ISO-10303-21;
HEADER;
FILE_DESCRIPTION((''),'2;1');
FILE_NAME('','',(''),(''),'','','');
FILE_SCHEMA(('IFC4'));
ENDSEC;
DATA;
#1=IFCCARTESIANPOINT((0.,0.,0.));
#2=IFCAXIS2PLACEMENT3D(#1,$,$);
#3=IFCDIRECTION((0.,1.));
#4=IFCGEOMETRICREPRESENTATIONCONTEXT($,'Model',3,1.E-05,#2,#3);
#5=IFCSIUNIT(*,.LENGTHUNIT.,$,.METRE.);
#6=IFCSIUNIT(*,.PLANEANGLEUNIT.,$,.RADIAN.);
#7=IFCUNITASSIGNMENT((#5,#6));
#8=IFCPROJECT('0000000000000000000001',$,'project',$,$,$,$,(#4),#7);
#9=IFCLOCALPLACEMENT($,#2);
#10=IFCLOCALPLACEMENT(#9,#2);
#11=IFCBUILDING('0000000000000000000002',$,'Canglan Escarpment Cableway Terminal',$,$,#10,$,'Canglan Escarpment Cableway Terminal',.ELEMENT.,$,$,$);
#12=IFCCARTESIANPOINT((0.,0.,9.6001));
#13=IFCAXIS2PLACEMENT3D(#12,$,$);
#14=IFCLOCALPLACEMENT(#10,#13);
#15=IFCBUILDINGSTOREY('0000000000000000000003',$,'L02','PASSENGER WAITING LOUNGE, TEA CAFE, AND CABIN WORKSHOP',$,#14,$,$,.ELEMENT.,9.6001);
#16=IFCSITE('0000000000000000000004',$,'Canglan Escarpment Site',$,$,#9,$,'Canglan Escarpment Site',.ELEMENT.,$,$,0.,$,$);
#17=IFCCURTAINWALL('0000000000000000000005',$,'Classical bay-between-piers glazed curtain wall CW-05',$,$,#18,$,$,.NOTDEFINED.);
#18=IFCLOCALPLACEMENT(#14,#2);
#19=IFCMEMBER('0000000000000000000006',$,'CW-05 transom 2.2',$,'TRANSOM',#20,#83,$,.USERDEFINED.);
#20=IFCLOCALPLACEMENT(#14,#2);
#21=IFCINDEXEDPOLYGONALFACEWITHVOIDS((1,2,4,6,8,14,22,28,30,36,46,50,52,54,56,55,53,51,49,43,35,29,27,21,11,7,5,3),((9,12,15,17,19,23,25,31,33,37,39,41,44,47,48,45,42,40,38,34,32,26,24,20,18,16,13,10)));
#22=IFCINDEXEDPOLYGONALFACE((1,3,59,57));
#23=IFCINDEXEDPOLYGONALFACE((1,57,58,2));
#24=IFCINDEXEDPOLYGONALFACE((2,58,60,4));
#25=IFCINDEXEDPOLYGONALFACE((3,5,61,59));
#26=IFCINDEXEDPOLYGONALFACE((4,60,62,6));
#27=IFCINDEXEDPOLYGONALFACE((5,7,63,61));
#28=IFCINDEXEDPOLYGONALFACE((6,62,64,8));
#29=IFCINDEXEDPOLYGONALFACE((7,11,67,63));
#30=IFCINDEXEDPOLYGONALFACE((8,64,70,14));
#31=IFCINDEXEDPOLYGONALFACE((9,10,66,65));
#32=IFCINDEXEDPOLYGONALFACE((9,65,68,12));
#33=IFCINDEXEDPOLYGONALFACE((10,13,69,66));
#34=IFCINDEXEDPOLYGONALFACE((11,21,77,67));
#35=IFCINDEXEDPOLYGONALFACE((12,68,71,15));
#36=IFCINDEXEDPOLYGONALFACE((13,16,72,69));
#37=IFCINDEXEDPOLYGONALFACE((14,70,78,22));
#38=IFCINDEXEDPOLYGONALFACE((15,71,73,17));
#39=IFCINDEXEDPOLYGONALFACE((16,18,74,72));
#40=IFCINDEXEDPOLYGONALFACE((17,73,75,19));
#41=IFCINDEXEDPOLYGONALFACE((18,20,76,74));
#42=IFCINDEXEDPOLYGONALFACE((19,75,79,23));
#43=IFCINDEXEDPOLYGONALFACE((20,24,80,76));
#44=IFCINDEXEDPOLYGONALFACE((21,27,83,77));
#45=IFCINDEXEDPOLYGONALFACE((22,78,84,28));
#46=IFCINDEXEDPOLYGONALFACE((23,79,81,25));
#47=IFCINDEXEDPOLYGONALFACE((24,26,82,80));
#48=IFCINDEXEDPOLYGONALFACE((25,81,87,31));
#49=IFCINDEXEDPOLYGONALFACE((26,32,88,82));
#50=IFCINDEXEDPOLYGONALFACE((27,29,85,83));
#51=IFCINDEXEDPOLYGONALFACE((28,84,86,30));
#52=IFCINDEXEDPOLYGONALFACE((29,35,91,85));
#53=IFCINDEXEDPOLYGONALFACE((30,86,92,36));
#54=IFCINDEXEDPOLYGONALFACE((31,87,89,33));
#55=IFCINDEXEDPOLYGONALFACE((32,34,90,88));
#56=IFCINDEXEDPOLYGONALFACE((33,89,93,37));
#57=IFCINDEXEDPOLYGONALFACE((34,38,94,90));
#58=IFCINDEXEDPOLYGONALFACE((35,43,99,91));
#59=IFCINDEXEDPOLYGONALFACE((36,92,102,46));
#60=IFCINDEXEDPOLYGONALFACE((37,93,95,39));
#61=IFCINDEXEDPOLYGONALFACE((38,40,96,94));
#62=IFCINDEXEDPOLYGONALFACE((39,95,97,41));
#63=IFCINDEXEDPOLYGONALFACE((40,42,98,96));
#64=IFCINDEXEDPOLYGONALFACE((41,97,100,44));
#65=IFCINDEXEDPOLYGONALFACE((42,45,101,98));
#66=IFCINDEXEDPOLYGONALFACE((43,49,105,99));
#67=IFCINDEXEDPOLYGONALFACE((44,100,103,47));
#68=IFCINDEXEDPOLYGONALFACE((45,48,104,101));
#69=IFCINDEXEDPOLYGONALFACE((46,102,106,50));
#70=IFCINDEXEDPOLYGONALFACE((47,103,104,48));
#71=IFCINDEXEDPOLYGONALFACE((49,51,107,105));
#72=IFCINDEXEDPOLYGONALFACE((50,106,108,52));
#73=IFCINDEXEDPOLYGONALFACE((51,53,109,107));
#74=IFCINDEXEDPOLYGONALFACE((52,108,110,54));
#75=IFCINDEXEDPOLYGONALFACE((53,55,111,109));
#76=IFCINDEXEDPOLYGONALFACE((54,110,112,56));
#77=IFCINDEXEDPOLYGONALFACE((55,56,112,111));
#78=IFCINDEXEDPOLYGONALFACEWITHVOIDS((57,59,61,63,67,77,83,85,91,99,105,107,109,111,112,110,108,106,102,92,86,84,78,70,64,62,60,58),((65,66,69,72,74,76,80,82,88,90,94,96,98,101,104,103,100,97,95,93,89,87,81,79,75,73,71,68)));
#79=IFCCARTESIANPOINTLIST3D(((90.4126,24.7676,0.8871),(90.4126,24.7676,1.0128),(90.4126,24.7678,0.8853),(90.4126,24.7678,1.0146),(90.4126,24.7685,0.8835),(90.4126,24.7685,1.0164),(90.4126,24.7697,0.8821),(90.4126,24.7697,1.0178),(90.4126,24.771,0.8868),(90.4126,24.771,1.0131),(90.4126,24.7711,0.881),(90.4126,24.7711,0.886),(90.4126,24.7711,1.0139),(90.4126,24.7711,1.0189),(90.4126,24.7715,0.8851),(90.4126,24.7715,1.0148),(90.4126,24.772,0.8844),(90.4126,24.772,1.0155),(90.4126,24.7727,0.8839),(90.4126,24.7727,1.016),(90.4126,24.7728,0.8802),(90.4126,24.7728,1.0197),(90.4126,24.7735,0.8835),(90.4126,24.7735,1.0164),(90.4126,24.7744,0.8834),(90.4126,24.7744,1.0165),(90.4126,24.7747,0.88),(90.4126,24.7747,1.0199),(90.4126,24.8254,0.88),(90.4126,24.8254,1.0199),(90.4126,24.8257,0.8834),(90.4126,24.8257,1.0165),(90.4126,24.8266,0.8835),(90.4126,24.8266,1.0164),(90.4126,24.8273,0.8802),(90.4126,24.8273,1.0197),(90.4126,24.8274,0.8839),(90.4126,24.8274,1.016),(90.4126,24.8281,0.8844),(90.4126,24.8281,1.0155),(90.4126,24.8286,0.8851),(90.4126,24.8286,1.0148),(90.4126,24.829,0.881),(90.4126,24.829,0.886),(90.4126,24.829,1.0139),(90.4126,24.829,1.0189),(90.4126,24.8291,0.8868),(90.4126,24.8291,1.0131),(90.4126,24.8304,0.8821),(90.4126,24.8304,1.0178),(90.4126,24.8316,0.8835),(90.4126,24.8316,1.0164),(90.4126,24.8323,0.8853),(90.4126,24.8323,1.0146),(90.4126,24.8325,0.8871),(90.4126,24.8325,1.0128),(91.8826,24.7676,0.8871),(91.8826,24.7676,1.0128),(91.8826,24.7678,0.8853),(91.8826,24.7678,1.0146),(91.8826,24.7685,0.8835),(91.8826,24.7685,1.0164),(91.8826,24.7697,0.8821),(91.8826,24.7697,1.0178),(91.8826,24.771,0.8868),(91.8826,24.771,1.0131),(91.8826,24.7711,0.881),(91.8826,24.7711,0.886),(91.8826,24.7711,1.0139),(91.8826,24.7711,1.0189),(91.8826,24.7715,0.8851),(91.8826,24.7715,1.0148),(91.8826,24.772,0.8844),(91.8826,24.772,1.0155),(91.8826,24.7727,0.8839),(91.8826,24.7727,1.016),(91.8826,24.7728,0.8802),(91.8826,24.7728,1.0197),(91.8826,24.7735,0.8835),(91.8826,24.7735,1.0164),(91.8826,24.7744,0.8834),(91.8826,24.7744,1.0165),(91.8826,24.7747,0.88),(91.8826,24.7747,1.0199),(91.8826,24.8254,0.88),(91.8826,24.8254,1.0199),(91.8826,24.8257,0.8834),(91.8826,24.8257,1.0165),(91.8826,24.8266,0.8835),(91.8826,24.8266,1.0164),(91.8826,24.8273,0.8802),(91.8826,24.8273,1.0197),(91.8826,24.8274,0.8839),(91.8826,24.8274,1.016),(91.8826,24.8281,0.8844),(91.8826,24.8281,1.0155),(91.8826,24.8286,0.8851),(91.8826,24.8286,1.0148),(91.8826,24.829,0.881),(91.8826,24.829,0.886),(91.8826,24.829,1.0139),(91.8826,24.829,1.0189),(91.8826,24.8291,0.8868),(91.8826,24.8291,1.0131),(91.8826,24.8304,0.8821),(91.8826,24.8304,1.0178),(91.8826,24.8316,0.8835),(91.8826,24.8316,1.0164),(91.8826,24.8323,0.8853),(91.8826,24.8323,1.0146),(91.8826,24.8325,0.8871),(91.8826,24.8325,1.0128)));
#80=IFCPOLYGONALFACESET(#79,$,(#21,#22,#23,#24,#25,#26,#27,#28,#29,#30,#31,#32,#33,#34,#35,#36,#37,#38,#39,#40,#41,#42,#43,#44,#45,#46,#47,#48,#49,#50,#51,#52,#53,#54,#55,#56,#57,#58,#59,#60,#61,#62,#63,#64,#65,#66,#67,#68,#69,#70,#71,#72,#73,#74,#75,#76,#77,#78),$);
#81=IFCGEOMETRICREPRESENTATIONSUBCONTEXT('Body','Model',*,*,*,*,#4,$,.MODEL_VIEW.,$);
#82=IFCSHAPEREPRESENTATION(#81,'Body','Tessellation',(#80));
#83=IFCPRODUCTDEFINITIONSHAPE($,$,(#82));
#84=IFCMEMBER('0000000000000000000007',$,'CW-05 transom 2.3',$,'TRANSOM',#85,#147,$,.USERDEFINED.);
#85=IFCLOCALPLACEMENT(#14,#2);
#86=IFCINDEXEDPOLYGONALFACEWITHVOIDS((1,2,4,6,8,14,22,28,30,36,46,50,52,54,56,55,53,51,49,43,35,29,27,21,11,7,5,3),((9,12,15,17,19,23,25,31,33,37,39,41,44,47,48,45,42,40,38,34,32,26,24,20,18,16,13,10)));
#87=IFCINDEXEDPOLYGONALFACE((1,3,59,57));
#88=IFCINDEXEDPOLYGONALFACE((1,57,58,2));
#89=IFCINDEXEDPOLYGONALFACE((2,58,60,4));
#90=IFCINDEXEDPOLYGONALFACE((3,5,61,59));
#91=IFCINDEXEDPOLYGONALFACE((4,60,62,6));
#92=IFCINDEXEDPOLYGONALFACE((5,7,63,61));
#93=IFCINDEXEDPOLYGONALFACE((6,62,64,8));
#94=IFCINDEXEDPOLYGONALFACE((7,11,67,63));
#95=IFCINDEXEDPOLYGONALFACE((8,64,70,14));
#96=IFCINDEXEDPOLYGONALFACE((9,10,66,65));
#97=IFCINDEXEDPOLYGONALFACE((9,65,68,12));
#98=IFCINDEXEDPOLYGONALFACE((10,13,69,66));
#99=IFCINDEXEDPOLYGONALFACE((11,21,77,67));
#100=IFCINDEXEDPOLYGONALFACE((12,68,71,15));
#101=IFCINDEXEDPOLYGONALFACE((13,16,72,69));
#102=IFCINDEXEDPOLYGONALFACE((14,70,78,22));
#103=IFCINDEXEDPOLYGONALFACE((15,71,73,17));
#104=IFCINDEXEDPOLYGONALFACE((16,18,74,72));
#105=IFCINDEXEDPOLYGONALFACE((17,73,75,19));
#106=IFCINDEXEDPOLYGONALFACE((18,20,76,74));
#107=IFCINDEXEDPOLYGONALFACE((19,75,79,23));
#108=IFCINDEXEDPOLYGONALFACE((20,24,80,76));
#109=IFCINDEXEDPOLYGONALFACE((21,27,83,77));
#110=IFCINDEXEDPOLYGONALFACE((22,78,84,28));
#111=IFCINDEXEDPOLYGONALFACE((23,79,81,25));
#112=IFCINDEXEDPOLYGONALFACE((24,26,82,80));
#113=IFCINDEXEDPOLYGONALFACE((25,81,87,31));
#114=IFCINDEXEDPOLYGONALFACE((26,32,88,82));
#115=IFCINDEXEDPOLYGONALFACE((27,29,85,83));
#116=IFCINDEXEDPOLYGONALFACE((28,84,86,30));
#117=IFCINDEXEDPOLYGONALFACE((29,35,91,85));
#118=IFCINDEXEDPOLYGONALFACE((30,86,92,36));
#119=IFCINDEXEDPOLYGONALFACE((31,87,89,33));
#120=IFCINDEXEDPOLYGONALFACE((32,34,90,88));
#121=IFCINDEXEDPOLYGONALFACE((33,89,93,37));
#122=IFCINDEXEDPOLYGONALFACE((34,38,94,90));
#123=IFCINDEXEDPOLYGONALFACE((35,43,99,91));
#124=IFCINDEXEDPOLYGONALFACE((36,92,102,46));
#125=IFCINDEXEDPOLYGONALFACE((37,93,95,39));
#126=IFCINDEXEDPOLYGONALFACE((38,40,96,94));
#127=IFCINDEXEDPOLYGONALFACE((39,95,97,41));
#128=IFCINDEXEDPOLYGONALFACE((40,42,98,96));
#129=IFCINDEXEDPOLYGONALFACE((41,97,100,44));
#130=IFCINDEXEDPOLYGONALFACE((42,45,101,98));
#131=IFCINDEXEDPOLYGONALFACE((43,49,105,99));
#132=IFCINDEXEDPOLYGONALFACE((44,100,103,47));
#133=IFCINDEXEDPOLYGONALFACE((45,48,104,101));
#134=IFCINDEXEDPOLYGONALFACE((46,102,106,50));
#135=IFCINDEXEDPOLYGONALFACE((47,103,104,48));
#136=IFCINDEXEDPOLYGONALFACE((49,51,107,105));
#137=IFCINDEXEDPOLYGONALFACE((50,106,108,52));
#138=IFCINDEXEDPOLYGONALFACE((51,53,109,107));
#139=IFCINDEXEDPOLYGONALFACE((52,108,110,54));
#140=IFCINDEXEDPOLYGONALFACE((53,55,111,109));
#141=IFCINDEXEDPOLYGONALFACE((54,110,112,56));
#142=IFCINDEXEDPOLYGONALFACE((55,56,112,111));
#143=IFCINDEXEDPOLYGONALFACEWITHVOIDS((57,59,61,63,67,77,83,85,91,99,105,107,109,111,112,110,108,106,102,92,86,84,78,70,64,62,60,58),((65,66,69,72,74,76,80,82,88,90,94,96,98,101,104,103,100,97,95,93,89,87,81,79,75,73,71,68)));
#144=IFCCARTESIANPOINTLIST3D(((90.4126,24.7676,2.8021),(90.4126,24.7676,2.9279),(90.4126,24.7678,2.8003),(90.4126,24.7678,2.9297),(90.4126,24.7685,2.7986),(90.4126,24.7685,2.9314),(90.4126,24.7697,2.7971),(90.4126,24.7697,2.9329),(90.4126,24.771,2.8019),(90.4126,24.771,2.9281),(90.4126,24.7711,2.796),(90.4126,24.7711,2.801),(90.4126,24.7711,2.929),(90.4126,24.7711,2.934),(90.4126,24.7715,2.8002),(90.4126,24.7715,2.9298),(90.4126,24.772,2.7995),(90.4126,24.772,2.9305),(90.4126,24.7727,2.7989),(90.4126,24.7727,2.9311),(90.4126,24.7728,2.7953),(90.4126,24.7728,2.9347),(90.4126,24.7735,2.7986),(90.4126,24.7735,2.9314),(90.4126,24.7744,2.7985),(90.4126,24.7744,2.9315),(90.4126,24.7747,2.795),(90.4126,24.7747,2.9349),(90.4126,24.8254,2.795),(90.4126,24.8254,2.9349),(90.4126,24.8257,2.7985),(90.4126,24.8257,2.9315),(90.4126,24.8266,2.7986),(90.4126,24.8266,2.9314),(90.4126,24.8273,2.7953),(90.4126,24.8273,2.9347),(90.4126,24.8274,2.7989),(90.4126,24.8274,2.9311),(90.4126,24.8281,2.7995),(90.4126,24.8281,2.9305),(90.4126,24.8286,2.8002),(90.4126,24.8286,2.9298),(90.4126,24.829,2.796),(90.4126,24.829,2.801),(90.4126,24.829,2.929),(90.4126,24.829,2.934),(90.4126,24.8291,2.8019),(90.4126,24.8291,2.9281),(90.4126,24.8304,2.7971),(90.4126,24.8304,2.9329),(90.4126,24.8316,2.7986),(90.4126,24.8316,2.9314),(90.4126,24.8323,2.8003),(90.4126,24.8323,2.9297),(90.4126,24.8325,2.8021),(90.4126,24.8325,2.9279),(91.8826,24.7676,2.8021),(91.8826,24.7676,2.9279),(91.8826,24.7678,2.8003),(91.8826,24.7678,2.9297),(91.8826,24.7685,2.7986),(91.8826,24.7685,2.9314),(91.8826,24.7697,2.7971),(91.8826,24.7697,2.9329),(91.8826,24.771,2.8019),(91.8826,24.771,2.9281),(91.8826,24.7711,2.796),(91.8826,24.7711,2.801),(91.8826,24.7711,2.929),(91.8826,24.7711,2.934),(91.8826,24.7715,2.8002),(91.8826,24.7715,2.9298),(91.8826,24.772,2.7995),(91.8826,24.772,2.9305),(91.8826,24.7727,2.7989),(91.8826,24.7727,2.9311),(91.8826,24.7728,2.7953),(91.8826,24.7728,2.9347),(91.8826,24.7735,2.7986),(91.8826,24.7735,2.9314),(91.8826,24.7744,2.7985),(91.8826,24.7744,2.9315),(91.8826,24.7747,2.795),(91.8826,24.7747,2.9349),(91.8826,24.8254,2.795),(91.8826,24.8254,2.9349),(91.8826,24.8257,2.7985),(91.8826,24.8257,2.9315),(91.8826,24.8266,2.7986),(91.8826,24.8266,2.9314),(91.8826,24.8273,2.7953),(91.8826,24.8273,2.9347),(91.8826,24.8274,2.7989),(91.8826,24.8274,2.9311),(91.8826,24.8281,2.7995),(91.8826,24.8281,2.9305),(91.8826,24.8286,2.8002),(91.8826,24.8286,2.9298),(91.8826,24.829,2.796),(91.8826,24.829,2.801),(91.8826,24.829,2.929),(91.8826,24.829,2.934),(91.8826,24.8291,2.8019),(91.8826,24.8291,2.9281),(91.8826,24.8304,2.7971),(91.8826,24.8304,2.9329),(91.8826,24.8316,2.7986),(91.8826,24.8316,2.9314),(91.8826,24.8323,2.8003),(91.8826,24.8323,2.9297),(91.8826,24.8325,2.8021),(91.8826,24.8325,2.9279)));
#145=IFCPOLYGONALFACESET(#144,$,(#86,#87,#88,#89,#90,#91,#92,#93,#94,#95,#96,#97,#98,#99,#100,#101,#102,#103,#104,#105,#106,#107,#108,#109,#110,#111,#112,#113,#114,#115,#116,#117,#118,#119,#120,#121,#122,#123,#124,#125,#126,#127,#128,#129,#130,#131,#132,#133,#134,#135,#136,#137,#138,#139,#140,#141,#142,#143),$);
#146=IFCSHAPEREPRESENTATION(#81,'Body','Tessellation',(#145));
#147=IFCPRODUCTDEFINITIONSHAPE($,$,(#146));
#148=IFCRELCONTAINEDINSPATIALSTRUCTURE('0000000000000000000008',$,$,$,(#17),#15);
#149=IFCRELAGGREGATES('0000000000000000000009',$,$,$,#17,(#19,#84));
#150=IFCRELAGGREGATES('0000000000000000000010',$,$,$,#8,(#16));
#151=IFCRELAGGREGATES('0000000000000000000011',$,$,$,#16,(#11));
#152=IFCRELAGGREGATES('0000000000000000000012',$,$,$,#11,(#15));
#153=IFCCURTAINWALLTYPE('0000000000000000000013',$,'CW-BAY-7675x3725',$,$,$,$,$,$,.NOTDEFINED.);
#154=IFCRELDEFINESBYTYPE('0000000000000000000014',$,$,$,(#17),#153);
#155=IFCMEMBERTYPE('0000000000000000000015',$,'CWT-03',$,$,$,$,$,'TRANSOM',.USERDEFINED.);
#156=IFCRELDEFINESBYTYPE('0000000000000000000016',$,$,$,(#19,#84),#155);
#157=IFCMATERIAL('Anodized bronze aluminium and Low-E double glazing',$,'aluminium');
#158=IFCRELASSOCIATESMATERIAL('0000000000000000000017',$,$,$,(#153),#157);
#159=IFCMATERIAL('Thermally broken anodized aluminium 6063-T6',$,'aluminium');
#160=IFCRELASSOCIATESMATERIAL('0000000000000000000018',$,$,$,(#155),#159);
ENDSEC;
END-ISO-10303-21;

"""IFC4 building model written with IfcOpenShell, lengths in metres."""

from ifc_helpers import new_model, si_unit, direction, frame, origin, origin_2d, place, context, subcontext, project, spatial, hollow_rectangle, extrude, material, material_profile, profile_set, type_object, element, aggregate, save


model = new_model("IFC4")

# Units and contexts
model_context = context("Model", 3, precision=1e-05, world=origin(), true_north=direction((0.0, 1.0)))
body_context = subcontext(model_context, "Body", "Model", "MODEL_VIEW")
ifc_project = project(units=[si_unit("LENGTHUNIT", "METRE"), si_unit("PLANEANGLEUNIT", "RADIAN")], contexts=[model_context])

# Site, building, storey
site_placement = place(None, origin())
site = spatial("IfcSite", under=ifc_project, at=site_placement, Name="Canglan Escarpment Site", LongName="Canglan Escarpment Site", CompositionType="ELEMENT", RefElevation=0.0)
building_placement = place(site_placement, origin())
building = spatial("IfcBuilding", under=site, at=building_placement, Name="Canglan Escarpment Cableway Terminal", LongName="Canglan Escarpment Cableway Terminal", CompositionType="ELEMENT")
storey_placement = place(building_placement, frame((0.0, 0.0, 9.6001)))
storey = spatial("IfcBuildingStorey", under=building, at=storey_placement, Name="L02", Description="PASSENGER WAITING LOUNGE, TEA CAFE, AND CABIN WORKSHOP", CompositionType="ELEMENT", Elevation=9.6001)

# Curtain wall, members
ifc_material_1 = material(Name="Anodized bronze aluminium and Low-E double glazing", Category="aluminium")
curtain_wall_type = type_object("IfcCurtainWallType", Name="CW-BAY-7675x3725", PredefinedType="NOTDEFINED", material=ifc_material_1)
curtain_wall_placement = place(storey_placement, origin())
curtain_wall = element("IfcCurtainWall", 1, at=curtain_wall_placement, inside=storey, type_object=curtain_wall_type, Name="Classical bay-between-piers glazed curtain wall CW-05", PredefinedType="NOTDEFINED")
ifc_material_2 = material(Name="Thermally broken anodized aluminium 6063-T6", Category="aluminium")
ifc_material_profile_1 = material_profile(ifc_material_2, hollow_rectangle(XDim=0.0649, YDim=0.1399, WallThickness=0.0034, InnerFilletRadius=0.0034, OuterFilletRadius=0.0071, at=origin_2d()), Name="ALU-TRAN 65x140x3.5")
ifc_profile_set_1 = profile_set([ifc_material_profile_1], Name="Thermally broken anodized aluminium 6063-T6")
member_type_1 = type_object("IfcMemberType", Name="CWT-03", ElementType="TRANSOM", PredefinedType="USERDEFINED", material=ifc_profile_set_1)
member_1_placement = place(storey_placement, frame((91.8826, 24.8, 0.95), z_axis=(-1.0, 0.0, 0.0), x_axis=(0.0, -1.0, 0.0)))
member_1 = element("IfcMember", 2, at=member_1_placement, type_object=member_type_1, Name="CW-05 transom 2.2", ObjectType="TRANSOM", PredefinedType="USERDEFINED", context=body_context, shape_type="SweptSolid", body=[
    extrude(hollow_rectangle(XDim=0.0649, YDim=0.1399, WallThickness=0.0034, InnerFilletRadius=0.0034, OuterFilletRadius=0.0071, at=origin_2d()), origin(), (0.0, 0.0, 1.0), 1.47),
])
member_2_placement = place(storey_placement, frame((91.8826, 24.8, 2.865), z_axis=(-1.0, 0.0, 0.0), x_axis=(0.0, -1.0, 0.0)))
member_2 = element("IfcMember", 3, at=member_2_placement, type_object=member_type_1, Name="CW-05 transom 2.3", ObjectType="TRANSOM", PredefinedType="USERDEFINED", context=body_context, shape_type="SweptSolid", body=[
    extrude(hollow_rectangle(XDim=0.0649, YDim=0.1399, WallThickness=0.0034, InnerFilletRadius=0.0034, OuterFilletRadius=0.0071, at=origin_2d()), origin(), (0.0, 0.0, 1.0), 1.47),
])
aggregate(curtain_wall, [member_1, member_2])

save(model, "model.ifc")
